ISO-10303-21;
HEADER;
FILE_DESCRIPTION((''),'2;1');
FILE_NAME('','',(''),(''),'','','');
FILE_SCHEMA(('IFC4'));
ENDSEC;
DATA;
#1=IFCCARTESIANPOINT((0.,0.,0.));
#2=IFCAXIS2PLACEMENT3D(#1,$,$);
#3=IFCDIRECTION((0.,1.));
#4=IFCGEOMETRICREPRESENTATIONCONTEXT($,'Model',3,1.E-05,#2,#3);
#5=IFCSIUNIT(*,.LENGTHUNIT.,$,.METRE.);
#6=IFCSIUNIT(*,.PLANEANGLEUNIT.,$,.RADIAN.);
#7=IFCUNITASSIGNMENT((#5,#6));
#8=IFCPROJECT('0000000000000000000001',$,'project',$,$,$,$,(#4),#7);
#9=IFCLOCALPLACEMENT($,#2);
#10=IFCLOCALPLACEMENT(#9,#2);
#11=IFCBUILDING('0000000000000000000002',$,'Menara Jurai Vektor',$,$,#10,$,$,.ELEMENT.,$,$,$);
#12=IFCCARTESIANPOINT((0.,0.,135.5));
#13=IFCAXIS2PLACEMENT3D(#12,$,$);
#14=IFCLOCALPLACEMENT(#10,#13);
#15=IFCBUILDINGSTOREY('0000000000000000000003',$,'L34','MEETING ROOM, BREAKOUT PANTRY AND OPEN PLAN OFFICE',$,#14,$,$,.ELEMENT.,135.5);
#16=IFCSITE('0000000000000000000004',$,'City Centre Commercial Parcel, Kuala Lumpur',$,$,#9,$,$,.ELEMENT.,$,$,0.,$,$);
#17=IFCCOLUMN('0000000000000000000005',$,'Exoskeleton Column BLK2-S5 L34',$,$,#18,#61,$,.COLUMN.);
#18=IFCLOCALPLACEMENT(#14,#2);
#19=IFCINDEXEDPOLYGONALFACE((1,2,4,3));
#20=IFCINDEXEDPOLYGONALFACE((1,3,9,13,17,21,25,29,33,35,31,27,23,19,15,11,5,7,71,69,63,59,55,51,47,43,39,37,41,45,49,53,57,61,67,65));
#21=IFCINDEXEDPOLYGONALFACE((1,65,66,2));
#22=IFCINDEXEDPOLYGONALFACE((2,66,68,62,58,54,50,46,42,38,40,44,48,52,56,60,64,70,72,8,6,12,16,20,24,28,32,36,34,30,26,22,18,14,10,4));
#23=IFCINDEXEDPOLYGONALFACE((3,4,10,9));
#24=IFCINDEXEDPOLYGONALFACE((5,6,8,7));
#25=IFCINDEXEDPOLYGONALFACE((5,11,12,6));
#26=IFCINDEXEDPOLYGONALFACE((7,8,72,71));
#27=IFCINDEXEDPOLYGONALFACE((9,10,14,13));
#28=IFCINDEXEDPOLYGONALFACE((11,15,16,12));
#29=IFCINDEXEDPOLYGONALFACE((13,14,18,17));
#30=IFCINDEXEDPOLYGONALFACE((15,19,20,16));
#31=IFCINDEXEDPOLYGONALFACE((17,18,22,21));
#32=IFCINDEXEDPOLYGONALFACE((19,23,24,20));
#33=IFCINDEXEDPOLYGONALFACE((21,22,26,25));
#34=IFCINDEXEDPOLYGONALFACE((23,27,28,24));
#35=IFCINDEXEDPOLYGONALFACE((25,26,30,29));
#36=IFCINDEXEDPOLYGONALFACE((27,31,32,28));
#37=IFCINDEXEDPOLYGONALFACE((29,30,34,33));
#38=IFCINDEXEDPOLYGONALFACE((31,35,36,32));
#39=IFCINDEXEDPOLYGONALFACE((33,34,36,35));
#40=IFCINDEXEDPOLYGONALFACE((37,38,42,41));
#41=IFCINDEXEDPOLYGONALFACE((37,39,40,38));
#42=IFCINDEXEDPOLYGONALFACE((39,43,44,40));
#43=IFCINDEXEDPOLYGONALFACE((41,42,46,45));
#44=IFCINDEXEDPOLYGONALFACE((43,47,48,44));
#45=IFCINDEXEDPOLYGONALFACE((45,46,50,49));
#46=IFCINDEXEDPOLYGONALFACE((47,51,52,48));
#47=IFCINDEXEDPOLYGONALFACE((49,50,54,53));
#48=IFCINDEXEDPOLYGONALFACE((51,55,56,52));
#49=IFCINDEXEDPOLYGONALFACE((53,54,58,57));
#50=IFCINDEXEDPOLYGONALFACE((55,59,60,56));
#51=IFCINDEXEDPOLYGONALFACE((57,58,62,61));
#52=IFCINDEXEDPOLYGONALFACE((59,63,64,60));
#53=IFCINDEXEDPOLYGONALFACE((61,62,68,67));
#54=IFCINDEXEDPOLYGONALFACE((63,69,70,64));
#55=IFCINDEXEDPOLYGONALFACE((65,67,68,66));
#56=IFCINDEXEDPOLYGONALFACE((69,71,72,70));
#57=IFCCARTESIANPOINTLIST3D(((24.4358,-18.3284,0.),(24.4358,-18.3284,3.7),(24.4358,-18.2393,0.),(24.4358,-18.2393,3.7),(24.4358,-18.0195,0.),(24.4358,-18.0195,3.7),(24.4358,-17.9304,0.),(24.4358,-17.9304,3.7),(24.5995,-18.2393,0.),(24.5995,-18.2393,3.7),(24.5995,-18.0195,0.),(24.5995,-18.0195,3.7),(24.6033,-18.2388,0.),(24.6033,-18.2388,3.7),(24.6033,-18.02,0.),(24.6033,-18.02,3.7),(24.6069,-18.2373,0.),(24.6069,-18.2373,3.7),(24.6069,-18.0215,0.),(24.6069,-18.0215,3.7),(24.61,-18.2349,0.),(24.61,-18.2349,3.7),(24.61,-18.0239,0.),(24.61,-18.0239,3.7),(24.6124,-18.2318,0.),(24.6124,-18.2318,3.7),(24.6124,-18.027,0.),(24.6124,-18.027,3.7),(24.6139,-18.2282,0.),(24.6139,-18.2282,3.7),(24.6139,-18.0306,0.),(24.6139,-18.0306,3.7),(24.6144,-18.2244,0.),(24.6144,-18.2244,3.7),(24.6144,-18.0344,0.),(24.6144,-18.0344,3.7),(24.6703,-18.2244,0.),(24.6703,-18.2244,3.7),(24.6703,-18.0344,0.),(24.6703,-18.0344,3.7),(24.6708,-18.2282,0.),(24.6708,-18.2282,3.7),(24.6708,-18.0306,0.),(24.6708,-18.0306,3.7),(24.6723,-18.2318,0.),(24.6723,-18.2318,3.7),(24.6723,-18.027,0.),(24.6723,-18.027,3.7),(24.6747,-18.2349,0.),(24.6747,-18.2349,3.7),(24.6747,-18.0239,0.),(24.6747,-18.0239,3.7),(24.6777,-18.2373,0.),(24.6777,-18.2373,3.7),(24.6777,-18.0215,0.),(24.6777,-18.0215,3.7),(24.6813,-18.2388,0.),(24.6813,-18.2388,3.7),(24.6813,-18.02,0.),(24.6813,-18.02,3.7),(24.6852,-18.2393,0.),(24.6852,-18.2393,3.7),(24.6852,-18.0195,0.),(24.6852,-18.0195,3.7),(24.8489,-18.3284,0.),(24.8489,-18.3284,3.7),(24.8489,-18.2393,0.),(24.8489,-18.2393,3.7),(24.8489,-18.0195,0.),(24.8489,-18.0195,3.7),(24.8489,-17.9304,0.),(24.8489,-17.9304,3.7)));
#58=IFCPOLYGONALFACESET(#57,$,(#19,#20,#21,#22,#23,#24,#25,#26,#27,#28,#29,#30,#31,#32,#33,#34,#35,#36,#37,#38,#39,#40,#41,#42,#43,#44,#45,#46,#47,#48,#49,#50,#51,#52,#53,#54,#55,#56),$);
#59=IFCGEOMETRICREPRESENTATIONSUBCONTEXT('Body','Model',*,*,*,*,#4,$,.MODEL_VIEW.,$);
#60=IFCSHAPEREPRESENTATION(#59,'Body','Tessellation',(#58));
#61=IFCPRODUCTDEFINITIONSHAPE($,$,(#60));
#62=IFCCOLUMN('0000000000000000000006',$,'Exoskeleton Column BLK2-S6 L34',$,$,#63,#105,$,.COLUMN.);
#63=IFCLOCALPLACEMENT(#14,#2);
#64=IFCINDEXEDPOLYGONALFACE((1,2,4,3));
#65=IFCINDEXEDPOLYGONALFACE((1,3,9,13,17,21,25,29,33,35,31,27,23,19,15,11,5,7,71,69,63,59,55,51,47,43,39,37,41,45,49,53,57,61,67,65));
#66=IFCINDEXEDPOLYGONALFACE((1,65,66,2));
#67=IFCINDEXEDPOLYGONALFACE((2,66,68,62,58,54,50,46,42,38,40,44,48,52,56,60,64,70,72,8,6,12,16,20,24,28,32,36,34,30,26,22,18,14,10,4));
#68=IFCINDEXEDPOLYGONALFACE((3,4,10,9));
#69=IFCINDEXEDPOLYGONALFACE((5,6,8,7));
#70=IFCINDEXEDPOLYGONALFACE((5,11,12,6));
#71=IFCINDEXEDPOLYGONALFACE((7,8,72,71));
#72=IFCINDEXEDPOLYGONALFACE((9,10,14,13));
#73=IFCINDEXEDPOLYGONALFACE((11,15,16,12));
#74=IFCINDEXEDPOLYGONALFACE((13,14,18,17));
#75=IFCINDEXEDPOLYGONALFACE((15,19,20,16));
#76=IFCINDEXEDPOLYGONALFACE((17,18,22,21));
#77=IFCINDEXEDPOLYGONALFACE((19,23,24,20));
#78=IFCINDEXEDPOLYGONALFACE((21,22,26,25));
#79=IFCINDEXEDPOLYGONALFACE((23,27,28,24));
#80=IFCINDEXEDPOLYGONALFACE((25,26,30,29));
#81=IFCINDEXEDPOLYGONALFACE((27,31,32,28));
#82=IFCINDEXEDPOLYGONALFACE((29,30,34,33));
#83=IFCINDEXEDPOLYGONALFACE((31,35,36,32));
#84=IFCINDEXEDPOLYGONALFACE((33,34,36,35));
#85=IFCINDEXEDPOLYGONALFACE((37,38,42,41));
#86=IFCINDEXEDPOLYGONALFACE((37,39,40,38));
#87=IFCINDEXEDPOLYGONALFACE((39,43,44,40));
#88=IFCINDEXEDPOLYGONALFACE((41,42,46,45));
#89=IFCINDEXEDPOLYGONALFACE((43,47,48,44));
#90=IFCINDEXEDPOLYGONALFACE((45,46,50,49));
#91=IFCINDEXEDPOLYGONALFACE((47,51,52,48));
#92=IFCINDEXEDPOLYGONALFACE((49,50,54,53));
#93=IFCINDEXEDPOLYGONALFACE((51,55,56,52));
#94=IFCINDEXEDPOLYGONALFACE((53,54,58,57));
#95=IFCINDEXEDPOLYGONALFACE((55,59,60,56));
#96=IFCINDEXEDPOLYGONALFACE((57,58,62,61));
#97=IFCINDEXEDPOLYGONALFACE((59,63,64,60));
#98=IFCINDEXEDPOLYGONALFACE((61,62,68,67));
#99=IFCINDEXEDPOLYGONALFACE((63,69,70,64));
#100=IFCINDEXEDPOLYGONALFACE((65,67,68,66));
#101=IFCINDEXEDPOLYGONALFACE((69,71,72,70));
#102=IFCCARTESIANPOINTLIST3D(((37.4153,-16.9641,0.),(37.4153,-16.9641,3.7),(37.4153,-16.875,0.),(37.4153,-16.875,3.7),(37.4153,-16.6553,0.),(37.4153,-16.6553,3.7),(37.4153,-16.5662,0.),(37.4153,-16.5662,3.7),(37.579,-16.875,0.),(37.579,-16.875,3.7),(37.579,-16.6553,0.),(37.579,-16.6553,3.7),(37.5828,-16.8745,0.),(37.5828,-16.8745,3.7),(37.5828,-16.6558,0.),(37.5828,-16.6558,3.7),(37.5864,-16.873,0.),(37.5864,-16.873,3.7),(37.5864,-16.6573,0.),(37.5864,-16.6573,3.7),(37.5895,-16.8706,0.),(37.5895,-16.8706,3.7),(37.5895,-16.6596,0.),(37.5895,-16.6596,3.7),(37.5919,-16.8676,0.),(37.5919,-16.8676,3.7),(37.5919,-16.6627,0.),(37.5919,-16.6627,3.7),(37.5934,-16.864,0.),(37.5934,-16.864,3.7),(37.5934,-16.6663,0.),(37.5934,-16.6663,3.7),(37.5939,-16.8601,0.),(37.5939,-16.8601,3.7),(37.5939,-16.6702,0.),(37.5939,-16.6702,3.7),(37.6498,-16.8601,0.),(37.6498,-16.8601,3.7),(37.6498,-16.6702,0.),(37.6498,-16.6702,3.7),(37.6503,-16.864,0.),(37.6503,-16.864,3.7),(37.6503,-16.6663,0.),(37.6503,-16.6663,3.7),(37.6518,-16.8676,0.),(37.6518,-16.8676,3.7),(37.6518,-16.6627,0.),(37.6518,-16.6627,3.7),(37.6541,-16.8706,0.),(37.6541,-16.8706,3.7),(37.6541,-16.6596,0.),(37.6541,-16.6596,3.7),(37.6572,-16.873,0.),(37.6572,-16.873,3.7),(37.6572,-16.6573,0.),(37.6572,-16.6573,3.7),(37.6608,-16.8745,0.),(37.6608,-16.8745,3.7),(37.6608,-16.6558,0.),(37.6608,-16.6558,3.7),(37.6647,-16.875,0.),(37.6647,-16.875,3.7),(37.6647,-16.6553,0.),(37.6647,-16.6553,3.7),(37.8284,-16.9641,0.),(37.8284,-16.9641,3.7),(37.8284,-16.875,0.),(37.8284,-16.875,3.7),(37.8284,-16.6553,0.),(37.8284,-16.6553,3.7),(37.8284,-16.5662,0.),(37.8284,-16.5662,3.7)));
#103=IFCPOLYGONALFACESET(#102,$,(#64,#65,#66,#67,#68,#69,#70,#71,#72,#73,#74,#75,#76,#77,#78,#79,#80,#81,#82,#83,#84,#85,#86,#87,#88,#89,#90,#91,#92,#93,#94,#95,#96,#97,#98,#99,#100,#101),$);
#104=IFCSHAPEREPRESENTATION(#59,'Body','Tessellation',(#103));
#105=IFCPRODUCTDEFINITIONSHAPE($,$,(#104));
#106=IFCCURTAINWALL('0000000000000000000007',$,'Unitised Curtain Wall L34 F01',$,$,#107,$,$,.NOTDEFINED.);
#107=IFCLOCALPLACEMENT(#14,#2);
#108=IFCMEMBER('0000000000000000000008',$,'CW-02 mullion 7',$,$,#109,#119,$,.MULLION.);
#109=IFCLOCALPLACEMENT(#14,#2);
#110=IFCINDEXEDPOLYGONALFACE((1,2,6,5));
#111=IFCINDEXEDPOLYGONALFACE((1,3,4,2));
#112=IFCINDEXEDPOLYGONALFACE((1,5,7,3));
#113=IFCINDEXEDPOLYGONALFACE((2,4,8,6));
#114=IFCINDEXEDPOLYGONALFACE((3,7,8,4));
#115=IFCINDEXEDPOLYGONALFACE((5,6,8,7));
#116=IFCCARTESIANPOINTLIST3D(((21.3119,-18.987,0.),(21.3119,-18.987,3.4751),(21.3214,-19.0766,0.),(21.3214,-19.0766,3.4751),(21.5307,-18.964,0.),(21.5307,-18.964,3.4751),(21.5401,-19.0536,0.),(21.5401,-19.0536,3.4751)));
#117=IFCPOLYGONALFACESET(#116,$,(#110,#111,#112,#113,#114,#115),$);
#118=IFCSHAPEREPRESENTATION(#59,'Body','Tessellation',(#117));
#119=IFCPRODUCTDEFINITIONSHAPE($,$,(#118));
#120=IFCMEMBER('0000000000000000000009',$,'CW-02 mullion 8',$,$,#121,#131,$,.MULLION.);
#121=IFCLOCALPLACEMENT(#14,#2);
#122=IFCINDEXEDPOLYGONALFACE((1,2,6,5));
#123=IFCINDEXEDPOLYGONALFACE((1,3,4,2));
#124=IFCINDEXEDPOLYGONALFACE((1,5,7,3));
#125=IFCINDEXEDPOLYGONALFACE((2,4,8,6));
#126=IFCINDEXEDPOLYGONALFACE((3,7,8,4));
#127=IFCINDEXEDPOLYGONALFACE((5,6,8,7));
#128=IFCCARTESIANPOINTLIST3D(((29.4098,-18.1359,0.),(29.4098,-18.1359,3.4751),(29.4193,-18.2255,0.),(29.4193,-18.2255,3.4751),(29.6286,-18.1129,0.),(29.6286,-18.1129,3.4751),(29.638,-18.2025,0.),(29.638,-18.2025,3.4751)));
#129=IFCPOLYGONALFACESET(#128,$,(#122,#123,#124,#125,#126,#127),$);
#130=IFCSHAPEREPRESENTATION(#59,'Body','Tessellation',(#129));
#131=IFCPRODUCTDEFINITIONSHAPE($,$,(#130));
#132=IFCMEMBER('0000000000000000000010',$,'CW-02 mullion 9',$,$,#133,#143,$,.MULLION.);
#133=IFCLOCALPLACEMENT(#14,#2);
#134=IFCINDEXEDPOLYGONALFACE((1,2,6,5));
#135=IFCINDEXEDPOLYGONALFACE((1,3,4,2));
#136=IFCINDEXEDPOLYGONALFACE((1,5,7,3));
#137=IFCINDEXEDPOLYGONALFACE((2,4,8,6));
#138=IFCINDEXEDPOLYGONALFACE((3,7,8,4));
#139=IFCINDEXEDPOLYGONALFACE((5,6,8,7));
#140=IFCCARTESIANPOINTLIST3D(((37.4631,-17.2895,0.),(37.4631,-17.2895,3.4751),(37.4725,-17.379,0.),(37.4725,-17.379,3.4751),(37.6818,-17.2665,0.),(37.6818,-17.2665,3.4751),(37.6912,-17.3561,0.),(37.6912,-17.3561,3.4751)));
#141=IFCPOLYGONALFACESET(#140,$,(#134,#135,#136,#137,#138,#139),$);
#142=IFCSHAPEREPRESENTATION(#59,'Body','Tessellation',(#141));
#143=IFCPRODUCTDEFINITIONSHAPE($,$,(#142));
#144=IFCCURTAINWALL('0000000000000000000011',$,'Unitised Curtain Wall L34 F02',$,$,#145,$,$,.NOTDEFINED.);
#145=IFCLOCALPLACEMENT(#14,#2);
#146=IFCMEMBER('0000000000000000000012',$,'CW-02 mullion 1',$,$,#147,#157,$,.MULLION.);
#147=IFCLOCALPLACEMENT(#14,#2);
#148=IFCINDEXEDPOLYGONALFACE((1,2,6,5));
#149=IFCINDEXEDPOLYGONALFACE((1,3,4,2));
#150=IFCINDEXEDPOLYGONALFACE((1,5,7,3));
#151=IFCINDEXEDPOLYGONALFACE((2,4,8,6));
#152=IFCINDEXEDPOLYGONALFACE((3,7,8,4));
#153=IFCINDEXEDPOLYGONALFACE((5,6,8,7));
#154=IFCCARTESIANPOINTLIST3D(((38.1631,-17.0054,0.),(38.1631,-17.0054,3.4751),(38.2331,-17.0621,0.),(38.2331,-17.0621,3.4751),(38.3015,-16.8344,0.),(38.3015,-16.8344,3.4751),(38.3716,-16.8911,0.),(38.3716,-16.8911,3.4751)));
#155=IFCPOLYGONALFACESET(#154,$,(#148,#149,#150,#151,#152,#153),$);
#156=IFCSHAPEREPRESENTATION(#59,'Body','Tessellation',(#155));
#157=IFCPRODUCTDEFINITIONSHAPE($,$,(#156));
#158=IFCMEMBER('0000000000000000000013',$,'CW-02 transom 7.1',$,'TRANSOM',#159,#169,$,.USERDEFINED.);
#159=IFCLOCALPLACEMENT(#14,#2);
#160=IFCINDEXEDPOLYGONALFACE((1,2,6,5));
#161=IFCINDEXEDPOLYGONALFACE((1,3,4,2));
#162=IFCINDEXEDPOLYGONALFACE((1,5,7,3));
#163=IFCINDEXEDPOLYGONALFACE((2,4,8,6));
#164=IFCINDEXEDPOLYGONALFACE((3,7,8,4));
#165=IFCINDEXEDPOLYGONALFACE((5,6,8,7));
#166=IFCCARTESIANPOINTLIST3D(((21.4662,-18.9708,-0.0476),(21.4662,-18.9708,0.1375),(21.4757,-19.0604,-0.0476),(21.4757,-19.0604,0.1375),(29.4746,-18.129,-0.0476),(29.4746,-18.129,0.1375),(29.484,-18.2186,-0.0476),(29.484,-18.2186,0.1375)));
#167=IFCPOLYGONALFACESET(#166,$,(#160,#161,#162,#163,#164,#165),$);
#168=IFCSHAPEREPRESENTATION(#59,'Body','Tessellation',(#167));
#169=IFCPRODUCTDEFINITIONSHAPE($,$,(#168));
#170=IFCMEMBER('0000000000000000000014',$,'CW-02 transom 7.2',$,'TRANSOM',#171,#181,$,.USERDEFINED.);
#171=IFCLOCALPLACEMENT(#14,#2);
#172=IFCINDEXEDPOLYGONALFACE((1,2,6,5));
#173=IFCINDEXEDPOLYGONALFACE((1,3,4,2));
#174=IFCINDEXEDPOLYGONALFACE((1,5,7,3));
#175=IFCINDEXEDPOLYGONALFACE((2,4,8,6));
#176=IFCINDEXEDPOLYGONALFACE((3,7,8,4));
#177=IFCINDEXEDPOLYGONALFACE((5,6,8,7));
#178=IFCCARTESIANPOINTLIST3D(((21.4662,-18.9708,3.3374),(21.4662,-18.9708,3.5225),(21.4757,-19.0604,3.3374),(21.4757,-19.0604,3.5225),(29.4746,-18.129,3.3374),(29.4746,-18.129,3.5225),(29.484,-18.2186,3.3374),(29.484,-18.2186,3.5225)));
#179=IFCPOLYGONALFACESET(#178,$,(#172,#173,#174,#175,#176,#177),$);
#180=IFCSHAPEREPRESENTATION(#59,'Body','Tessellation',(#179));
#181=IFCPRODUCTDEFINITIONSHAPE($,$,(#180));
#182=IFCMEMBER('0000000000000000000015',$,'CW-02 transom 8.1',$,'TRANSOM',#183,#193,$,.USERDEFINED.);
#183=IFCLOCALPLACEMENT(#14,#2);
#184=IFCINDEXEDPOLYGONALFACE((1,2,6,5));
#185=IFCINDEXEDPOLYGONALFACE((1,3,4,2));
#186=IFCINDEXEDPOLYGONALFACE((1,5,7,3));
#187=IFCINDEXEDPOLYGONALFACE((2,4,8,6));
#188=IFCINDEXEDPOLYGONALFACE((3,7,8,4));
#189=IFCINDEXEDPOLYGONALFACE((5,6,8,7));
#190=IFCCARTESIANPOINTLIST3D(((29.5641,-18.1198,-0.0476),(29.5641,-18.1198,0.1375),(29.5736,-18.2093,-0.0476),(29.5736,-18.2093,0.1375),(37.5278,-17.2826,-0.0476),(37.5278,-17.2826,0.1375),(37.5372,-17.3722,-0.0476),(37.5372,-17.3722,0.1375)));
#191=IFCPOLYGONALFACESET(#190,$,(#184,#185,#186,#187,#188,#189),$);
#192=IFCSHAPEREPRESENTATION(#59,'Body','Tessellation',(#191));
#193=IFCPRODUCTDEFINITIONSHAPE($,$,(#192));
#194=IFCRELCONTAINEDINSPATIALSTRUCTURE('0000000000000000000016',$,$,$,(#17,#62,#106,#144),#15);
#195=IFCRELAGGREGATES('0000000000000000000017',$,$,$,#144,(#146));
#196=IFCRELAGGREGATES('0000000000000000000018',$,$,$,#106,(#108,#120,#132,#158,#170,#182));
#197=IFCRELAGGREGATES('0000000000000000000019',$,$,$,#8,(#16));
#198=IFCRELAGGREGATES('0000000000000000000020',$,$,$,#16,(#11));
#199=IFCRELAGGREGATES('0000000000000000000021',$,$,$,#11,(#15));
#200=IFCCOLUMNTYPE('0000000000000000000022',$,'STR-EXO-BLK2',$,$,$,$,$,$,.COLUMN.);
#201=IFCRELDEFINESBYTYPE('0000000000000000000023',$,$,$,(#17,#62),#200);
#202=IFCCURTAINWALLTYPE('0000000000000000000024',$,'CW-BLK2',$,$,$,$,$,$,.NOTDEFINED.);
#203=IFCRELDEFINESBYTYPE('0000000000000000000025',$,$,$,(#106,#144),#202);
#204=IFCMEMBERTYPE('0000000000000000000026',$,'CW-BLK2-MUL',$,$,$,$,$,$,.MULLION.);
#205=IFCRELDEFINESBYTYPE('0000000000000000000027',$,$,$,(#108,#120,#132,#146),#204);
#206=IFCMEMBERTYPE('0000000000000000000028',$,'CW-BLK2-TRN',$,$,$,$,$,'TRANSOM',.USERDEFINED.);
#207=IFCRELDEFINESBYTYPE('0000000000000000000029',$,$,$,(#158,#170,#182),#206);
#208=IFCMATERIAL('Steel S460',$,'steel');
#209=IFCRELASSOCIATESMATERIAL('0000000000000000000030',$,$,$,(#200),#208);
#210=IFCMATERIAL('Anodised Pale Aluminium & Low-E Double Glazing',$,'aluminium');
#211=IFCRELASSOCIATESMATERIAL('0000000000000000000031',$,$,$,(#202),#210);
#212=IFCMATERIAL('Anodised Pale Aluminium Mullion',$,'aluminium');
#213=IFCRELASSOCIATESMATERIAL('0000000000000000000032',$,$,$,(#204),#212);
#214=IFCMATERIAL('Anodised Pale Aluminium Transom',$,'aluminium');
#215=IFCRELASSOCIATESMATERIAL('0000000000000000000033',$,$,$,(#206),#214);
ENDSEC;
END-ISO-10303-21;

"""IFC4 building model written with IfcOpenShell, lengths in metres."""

from ifc_helpers import new_model, si_unit, direction, frame, origin, origin_2d, place, context, subcontext, project, spatial, rectangle, i_section, extrude, material, material_profile, profile_set, type_object, element, aggregate, save


model = new_model("IFC4")

# Units and contexts
model_context = context("Model", 3, precision=1e-05, world=origin(), true_north=direction((0.0, 1.0)))
body_context = subcontext(model_context, "Body", "Model", "MODEL_VIEW")
ifc_project = project(units=[si_unit("LENGTHUNIT", "METRE"), si_unit("PLANEANGLEUNIT", "RADIAN")], contexts=[model_context])

# Site, building, storey
site_placement = place(None, origin())
site = spatial("IfcSite", under=ifc_project, at=site_placement, Name="City Centre Commercial Parcel, Kuala Lumpur", CompositionType="ELEMENT", RefElevation=0.0)
building_placement = place(site_placement, origin())
building = spatial("IfcBuilding", under=site, at=building_placement, Name="Menara Jurai Vektor", CompositionType="ELEMENT")
storey_placement = place(building_placement, frame((0.0, 0.0, 135.5)))
storey = spatial("IfcBuildingStorey", under=building, at=storey_placement, Name="L34", Description="MEETING ROOM, BREAKOUT PANTRY AND OPEN PLAN OFFICE", CompositionType="ELEMENT", Elevation=135.5)

# Columns
ifc_material_1 = material(Name="Steel S460", Category="steel")
ifc_material_profile_1 = material_profile(ifc_material_1, i_section(OverallWidth=0.4131, OverallDepth=0.3979, WebThickness=0.0559, FlangeThickness=0.0891, FilletRadius=0.0149, at=origin_2d()), Name="HD 400x744")
ifc_profile_set_1 = profile_set([ifc_material_profile_1], Name="Steel S460")
column_type = type_object("IfcColumnType", Name="STR-EXO-BLK2", PredefinedType="COLUMN", material=ifc_profile_set_1)
for number, where, z_axis, x_axis, name in (
    (1, (24.6423, -18.1294, 0.0), (0.0, 0.0, 1.0), (1.0, 0.0, 0.0), "Exoskeleton Column BLK2-S5 L34"),
    (2, (37.6218, -16.7651, 0.0), (0.0, 0.0, 1.0), (1.0, 0.0, 0.0), "Exoskeleton Column BLK2-S6 L34"),
):
    element("IfcColumn", number, at=place(storey_placement, frame(where, z_axis=z_axis, x_axis=x_axis)), inside=storey, type_object=column_type, Name=name, PredefinedType="COLUMN", context=body_context, shape_type="SweptSolid", body=[
        extrude(i_section(OverallWidth=0.4131, OverallDepth=0.3979, WebThickness=0.0559, FlangeThickness=0.0891, FilletRadius=0.0149, at=origin_2d()), origin(), (0.0, 0.0, 1.0), 3.7),
    ])

# Curtain wall, members
ifc_material_2 = material(Name="Anodised Pale Aluminium & Low-E Double Glazing", Category="aluminium")
curtain_wall_type = type_object("IfcCurtainWallType", Name="CW-BLK2", PredefinedType="NOTDEFINED", material=ifc_material_2)
curtain_wall_1_placement = place(storey_placement, origin())
curtain_wall_1 = element("IfcCurtainWall", 3, at=curtain_wall_1_placement, inside=storey, type_object=curtain_wall_type, Name="Unitised Curtain Wall L34 F01", PredefinedType="NOTDEFINED")
ifc_material_3 = material(Name="Anodised Pale Aluminium Mullion", Category="aluminium")
ifc_material_profile_2 = material_profile(ifc_material_3, rectangle(XDim=0.0901, YDim=0.22, at=origin_2d()), Name="ALU MUL 90x220")
ifc_profile_set_2 = profile_set([ifc_material_profile_2], Name="Anodised Pale Aluminium Mullion")
member_type_1 = type_object("IfcMemberType", Name="CW-BLK2-MUL", PredefinedType="MULLION", material=ifc_profile_set_2)
member_1_placement = place(storey_placement, frame((21.426, -19.0203, 0.0), z_axis=(0.0, 0.0, 1.0), x_axis=(-0.104529, 0.994522, 0.0)))
member_1 = element("IfcMember", 4, at=member_1_placement, type_object=member_type_1, Name="CW-02 mullion 7", PredefinedType="MULLION", context=body_context, shape_type="SweptSolid", body=[
    extrude(rectangle(XDim=0.0901, YDim=0.22, at=origin_2d()), origin(), (0.0, 0.0, 1.0), 3.4751),
])
member_2_placement = place(storey_placement, frame((29.5239, -18.1692, 0.0), z_axis=(0.0, 0.0, 1.0), x_axis=(-0.104529, 0.994522, 0.0)))
member_2 = element("IfcMember", 5, at=member_2_placement, type_object=member_type_1, Name="CW-02 mullion 8", PredefinedType="MULLION", context=body_context, shape_type="SweptSolid", body=[
    extrude(rectangle(XDim=0.0901, YDim=0.22, at=origin_2d()), origin(), (0.0, 0.0, 1.0), 3.4751),
])
member_3_placement = place(storey_placement, frame((37.5771, -17.3228, 0.0), z_axis=(0.0, 0.0, 1.0), x_axis=(-0.104529, 0.994522, 0.0)))
member_3 = element("IfcMember", 6, at=member_3_placement, type_object=member_type_1, Name="CW-02 mullion 9", PredefinedType="MULLION", context=body_context, shape_type="SweptSolid", body=[
    extrude(rectangle(XDim=0.0901, YDim=0.22, at=origin_2d()), origin(), (0.0, 0.0, 1.0), 3.4751),
])

# Curtain wall, member
curtain_wall_2_placement = place(storey_placement, origin())
curtain_wall_2 = element("IfcCurtainWall", 7, at=curtain_wall_2_placement, inside=storey, type_object=curtain_wall_type, Name="Unitised Curtain Wall L34 F02", PredefinedType="NOTDEFINED")
member_4_placement = place(storey_placement, frame((38.2673, -16.9482, 0.0), z_axis=(0.0, 0.0, 1.0), x_axis=(-0.777129, 0.629341, 0.0)))
member_4 = element("IfcMember", 8, at=member_4_placement, type_object=member_type_1, Name="CW-02 mullion 1", PredefinedType="MULLION", context=body_context, shape_type="SweptSolid", body=[
    extrude(rectangle(XDim=0.0901, YDim=0.22, at=origin_2d()), origin(), (0.0, 0.0, 1.0), 3.4751),
])
aggregate(curtain_wall_2, [member_4])

# Members
ifc_material_4 = material(Name="Anodised Pale Aluminium Transom", Category="aluminium")
ifc_material_profile_3 = material_profile(ifc_material_4, rectangle(XDim=0.0901, YDim=0.1851, at=origin_2d()), Name="ALU TRN 90x185")
ifc_profile_set_3 = profile_set([ifc_material_profile_3], Name="Anodised Pale Aluminium Transom")
member_type_2 = type_object("IfcMemberType", Name="CW-BLK2-TRN", ElementType="TRANSOM", PredefinedType="USERDEFINED", material=ifc_profile_set_3)
member_5_placement = place(storey_placement, frame((21.4709, -19.0156, 0.0449), z_axis=(0.994521, 0.10454, 0.0), x_axis=(-0.10454, 0.994521, 0.0)))
member_5 = element("IfcMember", 9, at=member_5_placement, type_object=member_type_2, Name="CW-02 transom 7.1", ObjectType="TRANSOM", PredefinedType="USERDEFINED", context=body_context, shape_type="SweptSolid", body=[
    extrude(rectangle(XDim=0.0901, YDim=0.1851, at=origin_2d()), origin(), (0.0, 0.0, 1.0), 8.0525),
])
member_6_placement = place(storey_placement, frame((21.4709, -19.0156, 3.4299), z_axis=(0.994521, 0.10454, 0.0), x_axis=(-0.10454, 0.994521, 0.0)))
member_6 = element("IfcMember", 10, at=member_6_placement, type_object=member_type_2, Name="CW-02 transom 7.2", ObjectType="TRANSOM", PredefinedType="USERDEFINED", context=body_context, shape_type="SweptSolid", body=[
    extrude(rectangle(XDim=0.0901, YDim=0.1851, at=origin_2d()), origin(), (0.0, 0.0, 1.0), 8.0525),
])
member_7_placement = place(storey_placement, frame((29.5688, -18.1646, 0.0449), z_axis=(0.99452, 0.104547, 0.0), x_axis=(-0.104547, 0.99452, 0.0)))
member_7 = element("IfcMember", 11, at=member_7_placement, type_object=member_type_2, Name="CW-02 transom 8.1", ObjectType="TRANSOM", PredefinedType="USERDEFINED", context=body_context, shape_type="SweptSolid", body=[
    extrude(rectangle(XDim=0.0901, YDim=0.1851, at=origin_2d()), origin(), (0.0, 0.0, 1.0), 8.0076),
])

aggregate(curtain_wall_1, [member_1, member_2, member_3, member_5, member_6, member_7])

save(model, "model.ifc")
